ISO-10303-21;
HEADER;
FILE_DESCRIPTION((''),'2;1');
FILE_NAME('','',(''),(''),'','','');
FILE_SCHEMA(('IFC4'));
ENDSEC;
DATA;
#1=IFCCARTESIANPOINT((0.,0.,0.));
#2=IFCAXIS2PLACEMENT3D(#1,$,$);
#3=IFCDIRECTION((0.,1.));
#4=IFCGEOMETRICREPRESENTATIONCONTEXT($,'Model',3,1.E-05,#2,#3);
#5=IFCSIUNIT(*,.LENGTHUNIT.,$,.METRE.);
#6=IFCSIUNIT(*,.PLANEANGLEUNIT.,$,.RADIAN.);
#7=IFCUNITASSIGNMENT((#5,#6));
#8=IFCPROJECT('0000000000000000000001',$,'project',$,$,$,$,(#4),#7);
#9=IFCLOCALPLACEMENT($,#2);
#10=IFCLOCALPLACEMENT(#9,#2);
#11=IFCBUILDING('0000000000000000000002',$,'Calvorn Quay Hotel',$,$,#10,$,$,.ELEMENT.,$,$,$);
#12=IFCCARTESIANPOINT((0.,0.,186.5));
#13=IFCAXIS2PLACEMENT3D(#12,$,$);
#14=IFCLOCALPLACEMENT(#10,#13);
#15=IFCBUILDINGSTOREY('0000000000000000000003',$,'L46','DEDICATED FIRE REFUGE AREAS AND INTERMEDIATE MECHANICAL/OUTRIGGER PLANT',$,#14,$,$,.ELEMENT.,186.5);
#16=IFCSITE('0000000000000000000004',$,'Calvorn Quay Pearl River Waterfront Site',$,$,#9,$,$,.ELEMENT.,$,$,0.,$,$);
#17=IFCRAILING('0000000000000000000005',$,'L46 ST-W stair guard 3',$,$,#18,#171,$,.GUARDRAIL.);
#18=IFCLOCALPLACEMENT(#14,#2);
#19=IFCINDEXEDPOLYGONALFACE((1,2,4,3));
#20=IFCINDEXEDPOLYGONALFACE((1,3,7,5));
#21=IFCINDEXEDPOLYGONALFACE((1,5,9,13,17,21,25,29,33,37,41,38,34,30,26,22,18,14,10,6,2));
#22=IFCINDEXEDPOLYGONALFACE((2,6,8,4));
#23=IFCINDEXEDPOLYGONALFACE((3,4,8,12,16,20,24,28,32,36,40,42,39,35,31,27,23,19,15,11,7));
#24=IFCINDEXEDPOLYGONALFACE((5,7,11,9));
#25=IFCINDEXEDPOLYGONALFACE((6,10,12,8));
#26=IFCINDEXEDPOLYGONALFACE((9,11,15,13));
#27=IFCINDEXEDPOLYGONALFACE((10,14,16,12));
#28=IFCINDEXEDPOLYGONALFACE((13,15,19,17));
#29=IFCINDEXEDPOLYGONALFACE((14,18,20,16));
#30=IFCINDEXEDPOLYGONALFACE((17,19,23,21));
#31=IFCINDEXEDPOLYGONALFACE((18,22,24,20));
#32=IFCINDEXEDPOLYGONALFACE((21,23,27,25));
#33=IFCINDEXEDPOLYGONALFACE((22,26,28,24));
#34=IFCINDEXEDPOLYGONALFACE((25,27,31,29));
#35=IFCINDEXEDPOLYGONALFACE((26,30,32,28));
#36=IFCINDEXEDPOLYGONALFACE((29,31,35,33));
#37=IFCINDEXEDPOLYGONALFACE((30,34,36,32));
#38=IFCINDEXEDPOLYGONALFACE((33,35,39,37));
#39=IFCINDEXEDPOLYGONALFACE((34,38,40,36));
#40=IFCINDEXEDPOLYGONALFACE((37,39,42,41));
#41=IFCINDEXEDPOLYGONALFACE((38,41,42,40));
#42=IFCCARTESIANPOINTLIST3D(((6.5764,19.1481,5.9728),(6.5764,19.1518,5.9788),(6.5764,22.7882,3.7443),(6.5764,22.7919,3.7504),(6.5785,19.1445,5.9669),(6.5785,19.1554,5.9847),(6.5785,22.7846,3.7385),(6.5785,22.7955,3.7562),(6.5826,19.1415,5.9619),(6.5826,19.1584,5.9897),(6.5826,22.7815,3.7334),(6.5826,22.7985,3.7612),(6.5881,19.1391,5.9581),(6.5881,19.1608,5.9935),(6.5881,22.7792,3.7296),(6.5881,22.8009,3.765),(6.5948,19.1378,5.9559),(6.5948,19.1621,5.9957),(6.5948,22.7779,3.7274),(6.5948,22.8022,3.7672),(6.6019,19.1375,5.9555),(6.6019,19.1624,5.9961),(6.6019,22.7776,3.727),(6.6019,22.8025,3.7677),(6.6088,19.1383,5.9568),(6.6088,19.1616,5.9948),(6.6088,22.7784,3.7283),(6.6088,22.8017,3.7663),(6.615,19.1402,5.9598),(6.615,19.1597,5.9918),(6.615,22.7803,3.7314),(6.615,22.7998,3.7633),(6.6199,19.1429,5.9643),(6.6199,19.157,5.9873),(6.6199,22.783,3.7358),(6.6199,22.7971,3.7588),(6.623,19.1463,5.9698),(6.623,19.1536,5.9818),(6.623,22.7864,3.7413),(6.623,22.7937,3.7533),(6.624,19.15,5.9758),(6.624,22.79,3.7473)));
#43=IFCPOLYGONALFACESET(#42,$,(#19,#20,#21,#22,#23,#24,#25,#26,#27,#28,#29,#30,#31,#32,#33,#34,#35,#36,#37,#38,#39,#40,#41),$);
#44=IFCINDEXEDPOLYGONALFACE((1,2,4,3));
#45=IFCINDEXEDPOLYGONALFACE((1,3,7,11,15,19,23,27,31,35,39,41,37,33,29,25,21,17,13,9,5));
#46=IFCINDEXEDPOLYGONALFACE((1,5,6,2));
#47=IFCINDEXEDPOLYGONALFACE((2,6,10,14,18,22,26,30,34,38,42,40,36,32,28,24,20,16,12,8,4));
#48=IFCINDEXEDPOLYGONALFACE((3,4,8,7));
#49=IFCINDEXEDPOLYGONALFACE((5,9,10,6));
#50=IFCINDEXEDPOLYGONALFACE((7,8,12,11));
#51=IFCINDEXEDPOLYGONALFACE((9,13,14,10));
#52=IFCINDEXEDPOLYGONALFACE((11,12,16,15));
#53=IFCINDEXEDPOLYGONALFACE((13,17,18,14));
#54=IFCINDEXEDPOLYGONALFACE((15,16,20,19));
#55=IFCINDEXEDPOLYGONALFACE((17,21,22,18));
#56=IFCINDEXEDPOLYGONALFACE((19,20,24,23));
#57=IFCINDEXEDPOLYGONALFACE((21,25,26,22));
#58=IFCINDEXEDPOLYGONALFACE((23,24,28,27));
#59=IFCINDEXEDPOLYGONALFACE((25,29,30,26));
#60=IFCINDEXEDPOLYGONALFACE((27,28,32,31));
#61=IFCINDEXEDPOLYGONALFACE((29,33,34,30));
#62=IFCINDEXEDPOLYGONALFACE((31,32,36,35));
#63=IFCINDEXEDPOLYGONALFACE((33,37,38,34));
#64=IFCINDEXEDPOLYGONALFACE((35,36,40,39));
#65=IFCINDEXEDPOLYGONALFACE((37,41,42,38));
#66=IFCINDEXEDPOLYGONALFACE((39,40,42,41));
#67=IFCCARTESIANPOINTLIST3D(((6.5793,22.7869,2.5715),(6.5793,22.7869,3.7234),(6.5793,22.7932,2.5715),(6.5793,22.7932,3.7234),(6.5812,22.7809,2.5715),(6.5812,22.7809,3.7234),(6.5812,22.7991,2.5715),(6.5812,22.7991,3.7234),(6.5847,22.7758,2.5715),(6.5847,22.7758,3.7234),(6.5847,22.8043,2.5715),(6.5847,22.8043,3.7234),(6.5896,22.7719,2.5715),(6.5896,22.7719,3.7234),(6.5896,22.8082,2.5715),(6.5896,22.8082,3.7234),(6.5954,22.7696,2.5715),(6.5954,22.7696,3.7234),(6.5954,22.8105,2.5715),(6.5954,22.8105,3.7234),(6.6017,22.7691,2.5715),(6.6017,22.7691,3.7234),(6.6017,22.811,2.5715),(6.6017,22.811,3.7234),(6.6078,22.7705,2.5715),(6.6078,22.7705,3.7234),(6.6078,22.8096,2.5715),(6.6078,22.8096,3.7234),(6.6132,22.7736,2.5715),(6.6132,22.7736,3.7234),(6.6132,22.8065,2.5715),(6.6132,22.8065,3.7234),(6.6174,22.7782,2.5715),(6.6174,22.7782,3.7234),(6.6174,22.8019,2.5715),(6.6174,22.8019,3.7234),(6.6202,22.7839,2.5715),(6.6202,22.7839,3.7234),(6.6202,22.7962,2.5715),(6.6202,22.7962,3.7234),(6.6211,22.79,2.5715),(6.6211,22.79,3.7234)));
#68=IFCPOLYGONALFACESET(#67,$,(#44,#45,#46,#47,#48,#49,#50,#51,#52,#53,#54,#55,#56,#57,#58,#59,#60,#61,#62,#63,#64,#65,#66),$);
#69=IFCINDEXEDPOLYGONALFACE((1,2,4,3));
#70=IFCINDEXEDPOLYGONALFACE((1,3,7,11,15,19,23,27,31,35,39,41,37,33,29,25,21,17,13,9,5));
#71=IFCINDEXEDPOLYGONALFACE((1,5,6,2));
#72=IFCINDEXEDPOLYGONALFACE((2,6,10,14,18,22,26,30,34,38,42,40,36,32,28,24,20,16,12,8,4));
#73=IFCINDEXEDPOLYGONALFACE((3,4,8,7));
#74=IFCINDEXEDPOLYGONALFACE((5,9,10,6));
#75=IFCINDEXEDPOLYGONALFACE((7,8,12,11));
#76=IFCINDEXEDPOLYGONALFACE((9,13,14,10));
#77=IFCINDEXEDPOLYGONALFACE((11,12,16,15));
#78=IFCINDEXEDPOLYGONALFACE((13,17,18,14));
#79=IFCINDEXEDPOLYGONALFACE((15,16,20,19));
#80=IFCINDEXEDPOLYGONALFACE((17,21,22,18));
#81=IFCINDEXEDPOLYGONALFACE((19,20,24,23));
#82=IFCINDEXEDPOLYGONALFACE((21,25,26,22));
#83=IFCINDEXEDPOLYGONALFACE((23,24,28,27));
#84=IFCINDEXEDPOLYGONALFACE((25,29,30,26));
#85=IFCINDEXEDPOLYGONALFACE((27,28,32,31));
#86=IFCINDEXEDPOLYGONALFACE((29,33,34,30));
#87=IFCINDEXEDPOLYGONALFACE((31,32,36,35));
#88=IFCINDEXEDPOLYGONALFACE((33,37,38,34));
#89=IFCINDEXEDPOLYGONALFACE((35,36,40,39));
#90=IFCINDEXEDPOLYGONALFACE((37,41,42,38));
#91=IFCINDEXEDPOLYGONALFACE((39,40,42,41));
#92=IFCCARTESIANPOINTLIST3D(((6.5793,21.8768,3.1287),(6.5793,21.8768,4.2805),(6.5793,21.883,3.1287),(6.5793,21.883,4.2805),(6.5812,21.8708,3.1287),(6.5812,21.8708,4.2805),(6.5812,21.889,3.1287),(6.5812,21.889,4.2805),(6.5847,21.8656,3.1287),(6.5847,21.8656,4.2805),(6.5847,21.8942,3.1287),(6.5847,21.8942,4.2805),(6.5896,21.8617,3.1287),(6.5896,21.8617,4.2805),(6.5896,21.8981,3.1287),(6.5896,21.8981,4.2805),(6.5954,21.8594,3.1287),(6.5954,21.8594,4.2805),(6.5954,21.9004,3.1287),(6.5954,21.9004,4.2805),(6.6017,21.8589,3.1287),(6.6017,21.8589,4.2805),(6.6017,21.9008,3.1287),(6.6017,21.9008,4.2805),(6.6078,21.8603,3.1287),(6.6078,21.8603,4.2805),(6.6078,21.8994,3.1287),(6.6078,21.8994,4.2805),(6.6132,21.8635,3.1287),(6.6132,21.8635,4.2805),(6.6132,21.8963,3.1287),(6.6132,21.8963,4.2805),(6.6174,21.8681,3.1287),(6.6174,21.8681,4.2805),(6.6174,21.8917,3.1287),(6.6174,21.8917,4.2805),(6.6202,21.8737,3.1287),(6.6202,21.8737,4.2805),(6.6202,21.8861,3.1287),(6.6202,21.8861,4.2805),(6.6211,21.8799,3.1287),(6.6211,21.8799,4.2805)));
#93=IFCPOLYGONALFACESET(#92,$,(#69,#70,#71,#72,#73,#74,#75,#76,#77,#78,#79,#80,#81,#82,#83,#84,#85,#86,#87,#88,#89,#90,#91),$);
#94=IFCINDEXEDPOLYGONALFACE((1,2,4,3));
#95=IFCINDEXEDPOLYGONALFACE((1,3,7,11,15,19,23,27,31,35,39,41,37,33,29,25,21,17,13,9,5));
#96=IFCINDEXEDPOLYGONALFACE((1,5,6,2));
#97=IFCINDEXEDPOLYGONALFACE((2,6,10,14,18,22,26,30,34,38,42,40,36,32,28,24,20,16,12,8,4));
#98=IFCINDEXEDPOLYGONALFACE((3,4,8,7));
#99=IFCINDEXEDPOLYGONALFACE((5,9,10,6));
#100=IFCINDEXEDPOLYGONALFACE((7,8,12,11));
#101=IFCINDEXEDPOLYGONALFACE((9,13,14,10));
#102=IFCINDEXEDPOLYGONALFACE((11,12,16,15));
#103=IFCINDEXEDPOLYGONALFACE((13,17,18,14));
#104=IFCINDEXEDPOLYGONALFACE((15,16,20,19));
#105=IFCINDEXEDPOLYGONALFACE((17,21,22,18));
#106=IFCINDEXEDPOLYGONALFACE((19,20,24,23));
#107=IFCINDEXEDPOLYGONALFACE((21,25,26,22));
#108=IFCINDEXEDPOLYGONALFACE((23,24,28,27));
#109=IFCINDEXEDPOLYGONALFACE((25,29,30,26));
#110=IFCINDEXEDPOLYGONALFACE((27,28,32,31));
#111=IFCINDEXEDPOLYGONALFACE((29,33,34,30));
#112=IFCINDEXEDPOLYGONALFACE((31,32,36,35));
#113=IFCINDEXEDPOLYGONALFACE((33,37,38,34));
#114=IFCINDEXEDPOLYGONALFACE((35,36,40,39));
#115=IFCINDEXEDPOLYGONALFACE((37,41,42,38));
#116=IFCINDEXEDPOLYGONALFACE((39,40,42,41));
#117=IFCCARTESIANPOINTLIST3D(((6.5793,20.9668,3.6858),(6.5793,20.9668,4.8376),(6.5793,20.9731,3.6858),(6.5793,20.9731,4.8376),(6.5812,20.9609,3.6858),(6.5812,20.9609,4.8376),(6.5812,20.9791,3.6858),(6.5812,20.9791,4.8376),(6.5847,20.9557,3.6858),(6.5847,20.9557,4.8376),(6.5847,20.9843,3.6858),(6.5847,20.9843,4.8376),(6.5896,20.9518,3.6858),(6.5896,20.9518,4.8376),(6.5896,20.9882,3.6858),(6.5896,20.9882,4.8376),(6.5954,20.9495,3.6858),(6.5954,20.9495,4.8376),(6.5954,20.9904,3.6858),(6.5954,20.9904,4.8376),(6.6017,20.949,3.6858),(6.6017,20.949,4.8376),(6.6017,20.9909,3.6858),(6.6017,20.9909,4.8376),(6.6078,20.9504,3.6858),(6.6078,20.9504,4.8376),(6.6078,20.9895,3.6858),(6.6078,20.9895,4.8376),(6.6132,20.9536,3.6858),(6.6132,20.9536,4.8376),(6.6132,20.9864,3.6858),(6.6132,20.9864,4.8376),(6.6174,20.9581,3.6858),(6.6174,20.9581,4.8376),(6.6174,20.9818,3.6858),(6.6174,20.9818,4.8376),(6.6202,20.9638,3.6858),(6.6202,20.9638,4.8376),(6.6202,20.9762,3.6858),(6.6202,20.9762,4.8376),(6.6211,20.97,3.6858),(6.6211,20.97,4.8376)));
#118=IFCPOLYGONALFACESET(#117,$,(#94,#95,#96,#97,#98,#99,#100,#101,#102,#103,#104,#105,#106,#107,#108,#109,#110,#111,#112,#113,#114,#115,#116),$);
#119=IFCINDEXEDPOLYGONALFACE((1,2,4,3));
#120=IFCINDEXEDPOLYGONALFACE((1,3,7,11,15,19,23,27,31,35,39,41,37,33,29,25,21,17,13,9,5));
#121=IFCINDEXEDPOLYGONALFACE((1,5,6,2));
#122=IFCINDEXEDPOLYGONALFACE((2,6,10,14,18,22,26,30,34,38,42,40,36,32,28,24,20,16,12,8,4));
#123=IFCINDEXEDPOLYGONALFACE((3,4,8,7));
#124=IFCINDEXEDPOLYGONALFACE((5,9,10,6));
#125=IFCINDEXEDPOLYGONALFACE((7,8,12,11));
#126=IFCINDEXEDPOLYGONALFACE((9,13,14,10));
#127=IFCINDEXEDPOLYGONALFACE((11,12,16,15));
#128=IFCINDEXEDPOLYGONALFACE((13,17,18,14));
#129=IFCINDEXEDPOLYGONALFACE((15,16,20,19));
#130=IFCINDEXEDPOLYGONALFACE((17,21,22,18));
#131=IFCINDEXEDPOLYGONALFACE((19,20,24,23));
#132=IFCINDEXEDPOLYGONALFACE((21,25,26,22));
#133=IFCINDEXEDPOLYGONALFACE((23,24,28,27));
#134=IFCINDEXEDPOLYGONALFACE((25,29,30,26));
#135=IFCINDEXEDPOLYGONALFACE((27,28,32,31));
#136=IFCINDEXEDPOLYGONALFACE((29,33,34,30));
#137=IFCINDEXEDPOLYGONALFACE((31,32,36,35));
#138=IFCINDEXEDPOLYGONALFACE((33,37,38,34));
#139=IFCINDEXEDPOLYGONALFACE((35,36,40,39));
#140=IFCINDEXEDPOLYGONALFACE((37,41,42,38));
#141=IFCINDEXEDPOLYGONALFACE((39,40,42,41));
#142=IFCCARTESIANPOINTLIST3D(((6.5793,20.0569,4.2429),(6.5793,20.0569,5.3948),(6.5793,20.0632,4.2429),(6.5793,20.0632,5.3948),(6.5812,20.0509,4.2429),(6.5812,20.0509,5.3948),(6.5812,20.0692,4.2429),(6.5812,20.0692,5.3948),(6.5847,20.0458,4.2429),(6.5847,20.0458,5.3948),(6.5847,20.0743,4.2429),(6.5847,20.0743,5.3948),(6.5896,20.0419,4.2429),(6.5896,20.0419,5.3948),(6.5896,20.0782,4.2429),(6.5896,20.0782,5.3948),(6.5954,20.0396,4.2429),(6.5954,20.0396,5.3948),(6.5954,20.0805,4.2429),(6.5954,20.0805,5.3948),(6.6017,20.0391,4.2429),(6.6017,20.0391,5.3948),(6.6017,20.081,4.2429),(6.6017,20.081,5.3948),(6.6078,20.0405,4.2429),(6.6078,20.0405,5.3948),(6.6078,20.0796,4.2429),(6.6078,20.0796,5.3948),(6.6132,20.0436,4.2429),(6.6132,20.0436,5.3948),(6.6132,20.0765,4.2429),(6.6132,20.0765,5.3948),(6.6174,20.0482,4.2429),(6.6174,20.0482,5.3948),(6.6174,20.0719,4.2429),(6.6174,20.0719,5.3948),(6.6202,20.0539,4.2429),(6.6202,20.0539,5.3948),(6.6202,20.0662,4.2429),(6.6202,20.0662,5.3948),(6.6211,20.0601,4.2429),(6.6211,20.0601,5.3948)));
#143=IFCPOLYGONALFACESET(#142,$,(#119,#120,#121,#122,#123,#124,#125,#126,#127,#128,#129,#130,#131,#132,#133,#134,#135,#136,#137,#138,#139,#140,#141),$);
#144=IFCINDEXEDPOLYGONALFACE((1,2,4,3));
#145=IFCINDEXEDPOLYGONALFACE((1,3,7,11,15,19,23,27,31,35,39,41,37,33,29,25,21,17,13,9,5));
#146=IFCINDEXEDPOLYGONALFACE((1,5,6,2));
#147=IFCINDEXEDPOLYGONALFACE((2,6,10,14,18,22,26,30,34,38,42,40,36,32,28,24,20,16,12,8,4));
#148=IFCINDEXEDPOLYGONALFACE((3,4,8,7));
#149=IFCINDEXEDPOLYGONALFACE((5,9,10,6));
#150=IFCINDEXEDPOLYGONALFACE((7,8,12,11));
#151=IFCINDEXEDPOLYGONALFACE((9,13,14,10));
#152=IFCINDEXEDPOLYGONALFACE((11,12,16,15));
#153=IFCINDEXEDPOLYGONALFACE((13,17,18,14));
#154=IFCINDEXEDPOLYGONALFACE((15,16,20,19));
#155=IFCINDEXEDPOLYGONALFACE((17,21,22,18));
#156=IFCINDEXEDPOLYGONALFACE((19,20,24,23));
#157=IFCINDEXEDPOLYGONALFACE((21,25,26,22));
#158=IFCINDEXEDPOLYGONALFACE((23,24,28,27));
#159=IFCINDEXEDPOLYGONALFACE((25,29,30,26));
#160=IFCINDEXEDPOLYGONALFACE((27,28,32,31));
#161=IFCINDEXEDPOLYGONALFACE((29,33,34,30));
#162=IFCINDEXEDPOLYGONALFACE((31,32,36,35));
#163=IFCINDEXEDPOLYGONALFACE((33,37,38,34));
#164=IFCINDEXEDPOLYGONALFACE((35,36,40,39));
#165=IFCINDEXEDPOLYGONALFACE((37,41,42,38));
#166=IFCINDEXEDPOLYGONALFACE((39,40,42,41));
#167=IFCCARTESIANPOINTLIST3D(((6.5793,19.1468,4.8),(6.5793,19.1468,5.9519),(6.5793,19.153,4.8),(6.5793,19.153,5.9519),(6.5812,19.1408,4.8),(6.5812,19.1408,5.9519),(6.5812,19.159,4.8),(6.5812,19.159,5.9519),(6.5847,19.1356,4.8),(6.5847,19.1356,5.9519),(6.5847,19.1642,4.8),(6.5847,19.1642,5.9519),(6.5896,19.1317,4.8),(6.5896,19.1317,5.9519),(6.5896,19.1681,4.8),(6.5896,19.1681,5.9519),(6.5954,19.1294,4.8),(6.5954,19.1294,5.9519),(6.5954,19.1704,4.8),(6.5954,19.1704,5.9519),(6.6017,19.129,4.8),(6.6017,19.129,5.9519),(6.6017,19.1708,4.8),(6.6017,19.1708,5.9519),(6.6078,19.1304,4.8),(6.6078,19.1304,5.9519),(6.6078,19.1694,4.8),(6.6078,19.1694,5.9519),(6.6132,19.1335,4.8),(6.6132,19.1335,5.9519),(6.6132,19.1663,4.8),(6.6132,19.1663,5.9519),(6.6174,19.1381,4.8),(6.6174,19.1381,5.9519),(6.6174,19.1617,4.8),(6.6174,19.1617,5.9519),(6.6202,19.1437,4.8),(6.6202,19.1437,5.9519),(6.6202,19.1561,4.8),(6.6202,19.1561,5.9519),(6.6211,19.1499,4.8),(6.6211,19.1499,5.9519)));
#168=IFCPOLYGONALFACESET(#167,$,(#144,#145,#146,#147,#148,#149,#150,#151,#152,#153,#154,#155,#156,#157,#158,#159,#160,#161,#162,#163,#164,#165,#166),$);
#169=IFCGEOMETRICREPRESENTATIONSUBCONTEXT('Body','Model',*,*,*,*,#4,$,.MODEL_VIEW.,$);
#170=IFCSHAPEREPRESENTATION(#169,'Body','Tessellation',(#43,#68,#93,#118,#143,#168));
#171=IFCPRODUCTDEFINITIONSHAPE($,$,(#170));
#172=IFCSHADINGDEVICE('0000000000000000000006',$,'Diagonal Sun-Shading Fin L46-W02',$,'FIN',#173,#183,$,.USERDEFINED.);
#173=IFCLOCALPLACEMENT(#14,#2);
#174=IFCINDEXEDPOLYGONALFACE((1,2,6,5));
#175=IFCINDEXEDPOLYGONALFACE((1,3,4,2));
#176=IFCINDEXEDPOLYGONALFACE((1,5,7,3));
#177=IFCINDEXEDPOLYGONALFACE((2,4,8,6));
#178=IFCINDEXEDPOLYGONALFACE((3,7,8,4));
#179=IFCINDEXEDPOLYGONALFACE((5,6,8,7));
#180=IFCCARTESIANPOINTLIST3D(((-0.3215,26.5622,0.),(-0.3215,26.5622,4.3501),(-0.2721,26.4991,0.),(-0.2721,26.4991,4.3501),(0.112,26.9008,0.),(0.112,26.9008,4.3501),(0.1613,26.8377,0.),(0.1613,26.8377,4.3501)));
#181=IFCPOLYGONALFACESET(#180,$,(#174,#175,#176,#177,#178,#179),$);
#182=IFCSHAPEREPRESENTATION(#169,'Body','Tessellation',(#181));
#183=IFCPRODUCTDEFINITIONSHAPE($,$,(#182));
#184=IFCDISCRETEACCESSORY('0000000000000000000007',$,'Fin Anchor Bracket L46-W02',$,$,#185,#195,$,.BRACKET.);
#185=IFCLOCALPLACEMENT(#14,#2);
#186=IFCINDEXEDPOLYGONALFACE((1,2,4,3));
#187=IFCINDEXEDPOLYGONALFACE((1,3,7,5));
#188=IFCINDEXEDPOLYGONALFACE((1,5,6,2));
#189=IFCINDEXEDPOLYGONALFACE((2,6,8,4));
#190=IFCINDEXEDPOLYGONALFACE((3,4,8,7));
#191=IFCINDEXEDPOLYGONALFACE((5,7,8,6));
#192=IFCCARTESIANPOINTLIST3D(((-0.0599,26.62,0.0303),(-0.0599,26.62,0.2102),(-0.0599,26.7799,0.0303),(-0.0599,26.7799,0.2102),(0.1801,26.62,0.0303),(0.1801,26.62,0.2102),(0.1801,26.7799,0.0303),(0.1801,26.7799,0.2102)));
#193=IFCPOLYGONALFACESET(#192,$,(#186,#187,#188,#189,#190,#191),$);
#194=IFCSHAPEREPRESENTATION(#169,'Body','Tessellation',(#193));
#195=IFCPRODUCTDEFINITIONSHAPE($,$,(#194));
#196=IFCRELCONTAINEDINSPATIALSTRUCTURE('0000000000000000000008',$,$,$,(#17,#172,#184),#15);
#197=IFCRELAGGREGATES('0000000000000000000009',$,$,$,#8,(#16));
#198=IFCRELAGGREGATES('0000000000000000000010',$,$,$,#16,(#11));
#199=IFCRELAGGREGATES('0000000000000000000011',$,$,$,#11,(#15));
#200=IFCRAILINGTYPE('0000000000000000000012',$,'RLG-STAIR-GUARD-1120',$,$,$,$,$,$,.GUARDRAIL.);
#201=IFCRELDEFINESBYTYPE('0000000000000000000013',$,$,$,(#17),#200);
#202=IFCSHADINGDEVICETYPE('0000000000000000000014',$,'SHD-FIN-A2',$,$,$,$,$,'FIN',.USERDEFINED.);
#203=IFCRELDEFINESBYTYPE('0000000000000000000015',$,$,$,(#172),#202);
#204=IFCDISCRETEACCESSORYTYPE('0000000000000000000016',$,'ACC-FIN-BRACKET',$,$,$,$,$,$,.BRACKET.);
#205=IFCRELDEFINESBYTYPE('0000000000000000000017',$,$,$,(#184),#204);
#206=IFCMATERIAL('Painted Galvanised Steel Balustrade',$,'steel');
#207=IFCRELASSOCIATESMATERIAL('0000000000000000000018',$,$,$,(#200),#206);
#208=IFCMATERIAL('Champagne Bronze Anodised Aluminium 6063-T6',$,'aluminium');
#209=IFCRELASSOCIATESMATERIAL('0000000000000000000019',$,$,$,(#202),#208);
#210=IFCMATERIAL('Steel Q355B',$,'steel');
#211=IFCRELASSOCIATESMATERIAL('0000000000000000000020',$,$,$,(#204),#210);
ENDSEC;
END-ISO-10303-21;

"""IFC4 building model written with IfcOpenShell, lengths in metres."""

from ifc_helpers import new_model, si_unit, direction, frame, origin, origin_2d, place, context, subcontext, project, spatial, rectangle, circle, extrude, material, type_object, element, save


model = new_model("IFC4")

# Units and contexts
model_context = context("Model", 3, precision=1e-05, world=origin(), true_north=direction((0.0, 1.0)))
body_context = subcontext(model_context, "Body", "Model", "MODEL_VIEW")
ifc_project = project(units=[si_unit("LENGTHUNIT", "METRE"), si_unit("PLANEANGLEUNIT", "RADIAN")], contexts=[model_context])

# Site, building, storey
site_placement = place(None, origin())
site = spatial("IfcSite", under=ifc_project, at=site_placement, Name="Calvorn Quay Pearl River Waterfront Site", CompositionType="ELEMENT", RefElevation=0.0)
building_placement = place(site_placement, origin())
building = spatial("IfcBuilding", under=site, at=building_placement, Name="Calvorn Quay Hotel", CompositionType="ELEMENT")
storey_placement = place(building_placement, frame((0.0, 0.0, 186.5)))
storey = spatial("IfcBuildingStorey", under=building, at=storey_placement, Name="L46", Description="DEDICATED FIRE REFUGE AREAS AND INTERMEDIATE MECHANICAL/OUTRIGGER PLANT", CompositionType="ELEMENT", Elevation=186.5)

# Railing
ifc_material_1 = material(Name="Painted Galvanised Steel Balustrade", Category="steel")
railing_type_1 = type_object("IfcRailingType", Name="RLG-STAIR-GUARD-1120", PredefinedType="GUARDRAIL", material=ifc_material_1)
railing_1_placement = place(storey_placement, frame((6.6001, 22.79, 2.5715)))
element("IfcRailing", 1, at=railing_1_placement, inside=storey, type_object=railing_type_1, Name="L46 ST-W stair guard 3", PredefinedType="GUARDRAIL", context=body_context, shape_type="SweptSolid", body=[
    extrude(circle(Radius=0.0239, at=origin_2d()), frame((0.0, 0.0, 1.1758), z_axis=(0.0, -0.852866, 0.52213), x_axis=(1.0, 0.0, 0.0)), (0.0, 0.0, 1.0), 4.2681),
    extrude(circle(Radius=0.021, at=origin_2d()), origin(), (0.0, 0.0, 1.0), 1.1519),
    extrude(circle(Radius=0.021, at=origin_2d()), frame((0.0, -0.9102, 0.5571)), (0.0, 0.0, 1.0), 1.1519),
    extrude(circle(Radius=0.021, at=origin_2d()), frame((0.0, -1.8201, 1.1143)), (0.0, 0.0, 1.0), 1.1519),
    extrude(circle(Radius=0.021, at=origin_2d()), frame((0.0, -2.73, 1.6714)), (0.0, 0.0, 1.0), 1.1519),
    extrude(circle(Radius=0.021, at=origin_2d()), frame((0.0, -3.6401, 2.2285)), (0.0, 0.0, 1.0), 1.1519),
])

# Shading device
ifc_material_2 = material(Name="Champagne Bronze Anodised Aluminium 6063-T6", Category="aluminium")
shading_device_type = type_object("IfcShadingDeviceType", Name="SHD-FIN-A2", ElementType="FIN", PredefinedType="USERDEFINED", material=ifc_material_2)
shading_device_placement = place(storey_placement, frame((-0.0801, 26.7, 0.0), z_axis=(0.0, 0.0, 1.0), x_axis=(0.788011, 0.615661, 0.0)))
element("IfcShadingDevice", 2, at=shading_device_placement, inside=storey, type_object=shading_device_type, Name="Diagonal Sun-Shading Fin L46-W02", ObjectType="FIN", PredefinedType="USERDEFINED", context=body_context, shape_type="SweptSolid", body=[
    extrude(rectangle(XDim=0.55, YDim=0.0801, at=origin_2d()), origin(), (0.0, 0.0, 1.0), 4.3501),
])

# Discrete accessory
ifc_material_3 = material(Name="Steel Q355B", Category="steel")
discrete_accessory_type = type_object("IfcDiscreteAccessoryType", Name="ACC-FIN-BRACKET", PredefinedType="BRACKET", material=ifc_material_3)
discrete_accessory_placement = place(storey_placement, frame((0.0601, 26.7, 0.0303), z_axis=(0.0, 0.0, 1.0), x_axis=(1.0, 0.0, 0.0)))
element("IfcDiscreteAccessory", 3, at=discrete_accessory_placement, inside=storey, type_object=discrete_accessory_type, Name="Fin Anchor Bracket L46-W02", PredefinedType="BRACKET", context=body_context, shape_type="SweptSolid", body=[
    extrude(rectangle(XDim=0.24, YDim=0.1599, at=origin_2d()), origin(), (0.0, 0.0, 1.0), 0.1799),
])

save(model, "model.ifc")
